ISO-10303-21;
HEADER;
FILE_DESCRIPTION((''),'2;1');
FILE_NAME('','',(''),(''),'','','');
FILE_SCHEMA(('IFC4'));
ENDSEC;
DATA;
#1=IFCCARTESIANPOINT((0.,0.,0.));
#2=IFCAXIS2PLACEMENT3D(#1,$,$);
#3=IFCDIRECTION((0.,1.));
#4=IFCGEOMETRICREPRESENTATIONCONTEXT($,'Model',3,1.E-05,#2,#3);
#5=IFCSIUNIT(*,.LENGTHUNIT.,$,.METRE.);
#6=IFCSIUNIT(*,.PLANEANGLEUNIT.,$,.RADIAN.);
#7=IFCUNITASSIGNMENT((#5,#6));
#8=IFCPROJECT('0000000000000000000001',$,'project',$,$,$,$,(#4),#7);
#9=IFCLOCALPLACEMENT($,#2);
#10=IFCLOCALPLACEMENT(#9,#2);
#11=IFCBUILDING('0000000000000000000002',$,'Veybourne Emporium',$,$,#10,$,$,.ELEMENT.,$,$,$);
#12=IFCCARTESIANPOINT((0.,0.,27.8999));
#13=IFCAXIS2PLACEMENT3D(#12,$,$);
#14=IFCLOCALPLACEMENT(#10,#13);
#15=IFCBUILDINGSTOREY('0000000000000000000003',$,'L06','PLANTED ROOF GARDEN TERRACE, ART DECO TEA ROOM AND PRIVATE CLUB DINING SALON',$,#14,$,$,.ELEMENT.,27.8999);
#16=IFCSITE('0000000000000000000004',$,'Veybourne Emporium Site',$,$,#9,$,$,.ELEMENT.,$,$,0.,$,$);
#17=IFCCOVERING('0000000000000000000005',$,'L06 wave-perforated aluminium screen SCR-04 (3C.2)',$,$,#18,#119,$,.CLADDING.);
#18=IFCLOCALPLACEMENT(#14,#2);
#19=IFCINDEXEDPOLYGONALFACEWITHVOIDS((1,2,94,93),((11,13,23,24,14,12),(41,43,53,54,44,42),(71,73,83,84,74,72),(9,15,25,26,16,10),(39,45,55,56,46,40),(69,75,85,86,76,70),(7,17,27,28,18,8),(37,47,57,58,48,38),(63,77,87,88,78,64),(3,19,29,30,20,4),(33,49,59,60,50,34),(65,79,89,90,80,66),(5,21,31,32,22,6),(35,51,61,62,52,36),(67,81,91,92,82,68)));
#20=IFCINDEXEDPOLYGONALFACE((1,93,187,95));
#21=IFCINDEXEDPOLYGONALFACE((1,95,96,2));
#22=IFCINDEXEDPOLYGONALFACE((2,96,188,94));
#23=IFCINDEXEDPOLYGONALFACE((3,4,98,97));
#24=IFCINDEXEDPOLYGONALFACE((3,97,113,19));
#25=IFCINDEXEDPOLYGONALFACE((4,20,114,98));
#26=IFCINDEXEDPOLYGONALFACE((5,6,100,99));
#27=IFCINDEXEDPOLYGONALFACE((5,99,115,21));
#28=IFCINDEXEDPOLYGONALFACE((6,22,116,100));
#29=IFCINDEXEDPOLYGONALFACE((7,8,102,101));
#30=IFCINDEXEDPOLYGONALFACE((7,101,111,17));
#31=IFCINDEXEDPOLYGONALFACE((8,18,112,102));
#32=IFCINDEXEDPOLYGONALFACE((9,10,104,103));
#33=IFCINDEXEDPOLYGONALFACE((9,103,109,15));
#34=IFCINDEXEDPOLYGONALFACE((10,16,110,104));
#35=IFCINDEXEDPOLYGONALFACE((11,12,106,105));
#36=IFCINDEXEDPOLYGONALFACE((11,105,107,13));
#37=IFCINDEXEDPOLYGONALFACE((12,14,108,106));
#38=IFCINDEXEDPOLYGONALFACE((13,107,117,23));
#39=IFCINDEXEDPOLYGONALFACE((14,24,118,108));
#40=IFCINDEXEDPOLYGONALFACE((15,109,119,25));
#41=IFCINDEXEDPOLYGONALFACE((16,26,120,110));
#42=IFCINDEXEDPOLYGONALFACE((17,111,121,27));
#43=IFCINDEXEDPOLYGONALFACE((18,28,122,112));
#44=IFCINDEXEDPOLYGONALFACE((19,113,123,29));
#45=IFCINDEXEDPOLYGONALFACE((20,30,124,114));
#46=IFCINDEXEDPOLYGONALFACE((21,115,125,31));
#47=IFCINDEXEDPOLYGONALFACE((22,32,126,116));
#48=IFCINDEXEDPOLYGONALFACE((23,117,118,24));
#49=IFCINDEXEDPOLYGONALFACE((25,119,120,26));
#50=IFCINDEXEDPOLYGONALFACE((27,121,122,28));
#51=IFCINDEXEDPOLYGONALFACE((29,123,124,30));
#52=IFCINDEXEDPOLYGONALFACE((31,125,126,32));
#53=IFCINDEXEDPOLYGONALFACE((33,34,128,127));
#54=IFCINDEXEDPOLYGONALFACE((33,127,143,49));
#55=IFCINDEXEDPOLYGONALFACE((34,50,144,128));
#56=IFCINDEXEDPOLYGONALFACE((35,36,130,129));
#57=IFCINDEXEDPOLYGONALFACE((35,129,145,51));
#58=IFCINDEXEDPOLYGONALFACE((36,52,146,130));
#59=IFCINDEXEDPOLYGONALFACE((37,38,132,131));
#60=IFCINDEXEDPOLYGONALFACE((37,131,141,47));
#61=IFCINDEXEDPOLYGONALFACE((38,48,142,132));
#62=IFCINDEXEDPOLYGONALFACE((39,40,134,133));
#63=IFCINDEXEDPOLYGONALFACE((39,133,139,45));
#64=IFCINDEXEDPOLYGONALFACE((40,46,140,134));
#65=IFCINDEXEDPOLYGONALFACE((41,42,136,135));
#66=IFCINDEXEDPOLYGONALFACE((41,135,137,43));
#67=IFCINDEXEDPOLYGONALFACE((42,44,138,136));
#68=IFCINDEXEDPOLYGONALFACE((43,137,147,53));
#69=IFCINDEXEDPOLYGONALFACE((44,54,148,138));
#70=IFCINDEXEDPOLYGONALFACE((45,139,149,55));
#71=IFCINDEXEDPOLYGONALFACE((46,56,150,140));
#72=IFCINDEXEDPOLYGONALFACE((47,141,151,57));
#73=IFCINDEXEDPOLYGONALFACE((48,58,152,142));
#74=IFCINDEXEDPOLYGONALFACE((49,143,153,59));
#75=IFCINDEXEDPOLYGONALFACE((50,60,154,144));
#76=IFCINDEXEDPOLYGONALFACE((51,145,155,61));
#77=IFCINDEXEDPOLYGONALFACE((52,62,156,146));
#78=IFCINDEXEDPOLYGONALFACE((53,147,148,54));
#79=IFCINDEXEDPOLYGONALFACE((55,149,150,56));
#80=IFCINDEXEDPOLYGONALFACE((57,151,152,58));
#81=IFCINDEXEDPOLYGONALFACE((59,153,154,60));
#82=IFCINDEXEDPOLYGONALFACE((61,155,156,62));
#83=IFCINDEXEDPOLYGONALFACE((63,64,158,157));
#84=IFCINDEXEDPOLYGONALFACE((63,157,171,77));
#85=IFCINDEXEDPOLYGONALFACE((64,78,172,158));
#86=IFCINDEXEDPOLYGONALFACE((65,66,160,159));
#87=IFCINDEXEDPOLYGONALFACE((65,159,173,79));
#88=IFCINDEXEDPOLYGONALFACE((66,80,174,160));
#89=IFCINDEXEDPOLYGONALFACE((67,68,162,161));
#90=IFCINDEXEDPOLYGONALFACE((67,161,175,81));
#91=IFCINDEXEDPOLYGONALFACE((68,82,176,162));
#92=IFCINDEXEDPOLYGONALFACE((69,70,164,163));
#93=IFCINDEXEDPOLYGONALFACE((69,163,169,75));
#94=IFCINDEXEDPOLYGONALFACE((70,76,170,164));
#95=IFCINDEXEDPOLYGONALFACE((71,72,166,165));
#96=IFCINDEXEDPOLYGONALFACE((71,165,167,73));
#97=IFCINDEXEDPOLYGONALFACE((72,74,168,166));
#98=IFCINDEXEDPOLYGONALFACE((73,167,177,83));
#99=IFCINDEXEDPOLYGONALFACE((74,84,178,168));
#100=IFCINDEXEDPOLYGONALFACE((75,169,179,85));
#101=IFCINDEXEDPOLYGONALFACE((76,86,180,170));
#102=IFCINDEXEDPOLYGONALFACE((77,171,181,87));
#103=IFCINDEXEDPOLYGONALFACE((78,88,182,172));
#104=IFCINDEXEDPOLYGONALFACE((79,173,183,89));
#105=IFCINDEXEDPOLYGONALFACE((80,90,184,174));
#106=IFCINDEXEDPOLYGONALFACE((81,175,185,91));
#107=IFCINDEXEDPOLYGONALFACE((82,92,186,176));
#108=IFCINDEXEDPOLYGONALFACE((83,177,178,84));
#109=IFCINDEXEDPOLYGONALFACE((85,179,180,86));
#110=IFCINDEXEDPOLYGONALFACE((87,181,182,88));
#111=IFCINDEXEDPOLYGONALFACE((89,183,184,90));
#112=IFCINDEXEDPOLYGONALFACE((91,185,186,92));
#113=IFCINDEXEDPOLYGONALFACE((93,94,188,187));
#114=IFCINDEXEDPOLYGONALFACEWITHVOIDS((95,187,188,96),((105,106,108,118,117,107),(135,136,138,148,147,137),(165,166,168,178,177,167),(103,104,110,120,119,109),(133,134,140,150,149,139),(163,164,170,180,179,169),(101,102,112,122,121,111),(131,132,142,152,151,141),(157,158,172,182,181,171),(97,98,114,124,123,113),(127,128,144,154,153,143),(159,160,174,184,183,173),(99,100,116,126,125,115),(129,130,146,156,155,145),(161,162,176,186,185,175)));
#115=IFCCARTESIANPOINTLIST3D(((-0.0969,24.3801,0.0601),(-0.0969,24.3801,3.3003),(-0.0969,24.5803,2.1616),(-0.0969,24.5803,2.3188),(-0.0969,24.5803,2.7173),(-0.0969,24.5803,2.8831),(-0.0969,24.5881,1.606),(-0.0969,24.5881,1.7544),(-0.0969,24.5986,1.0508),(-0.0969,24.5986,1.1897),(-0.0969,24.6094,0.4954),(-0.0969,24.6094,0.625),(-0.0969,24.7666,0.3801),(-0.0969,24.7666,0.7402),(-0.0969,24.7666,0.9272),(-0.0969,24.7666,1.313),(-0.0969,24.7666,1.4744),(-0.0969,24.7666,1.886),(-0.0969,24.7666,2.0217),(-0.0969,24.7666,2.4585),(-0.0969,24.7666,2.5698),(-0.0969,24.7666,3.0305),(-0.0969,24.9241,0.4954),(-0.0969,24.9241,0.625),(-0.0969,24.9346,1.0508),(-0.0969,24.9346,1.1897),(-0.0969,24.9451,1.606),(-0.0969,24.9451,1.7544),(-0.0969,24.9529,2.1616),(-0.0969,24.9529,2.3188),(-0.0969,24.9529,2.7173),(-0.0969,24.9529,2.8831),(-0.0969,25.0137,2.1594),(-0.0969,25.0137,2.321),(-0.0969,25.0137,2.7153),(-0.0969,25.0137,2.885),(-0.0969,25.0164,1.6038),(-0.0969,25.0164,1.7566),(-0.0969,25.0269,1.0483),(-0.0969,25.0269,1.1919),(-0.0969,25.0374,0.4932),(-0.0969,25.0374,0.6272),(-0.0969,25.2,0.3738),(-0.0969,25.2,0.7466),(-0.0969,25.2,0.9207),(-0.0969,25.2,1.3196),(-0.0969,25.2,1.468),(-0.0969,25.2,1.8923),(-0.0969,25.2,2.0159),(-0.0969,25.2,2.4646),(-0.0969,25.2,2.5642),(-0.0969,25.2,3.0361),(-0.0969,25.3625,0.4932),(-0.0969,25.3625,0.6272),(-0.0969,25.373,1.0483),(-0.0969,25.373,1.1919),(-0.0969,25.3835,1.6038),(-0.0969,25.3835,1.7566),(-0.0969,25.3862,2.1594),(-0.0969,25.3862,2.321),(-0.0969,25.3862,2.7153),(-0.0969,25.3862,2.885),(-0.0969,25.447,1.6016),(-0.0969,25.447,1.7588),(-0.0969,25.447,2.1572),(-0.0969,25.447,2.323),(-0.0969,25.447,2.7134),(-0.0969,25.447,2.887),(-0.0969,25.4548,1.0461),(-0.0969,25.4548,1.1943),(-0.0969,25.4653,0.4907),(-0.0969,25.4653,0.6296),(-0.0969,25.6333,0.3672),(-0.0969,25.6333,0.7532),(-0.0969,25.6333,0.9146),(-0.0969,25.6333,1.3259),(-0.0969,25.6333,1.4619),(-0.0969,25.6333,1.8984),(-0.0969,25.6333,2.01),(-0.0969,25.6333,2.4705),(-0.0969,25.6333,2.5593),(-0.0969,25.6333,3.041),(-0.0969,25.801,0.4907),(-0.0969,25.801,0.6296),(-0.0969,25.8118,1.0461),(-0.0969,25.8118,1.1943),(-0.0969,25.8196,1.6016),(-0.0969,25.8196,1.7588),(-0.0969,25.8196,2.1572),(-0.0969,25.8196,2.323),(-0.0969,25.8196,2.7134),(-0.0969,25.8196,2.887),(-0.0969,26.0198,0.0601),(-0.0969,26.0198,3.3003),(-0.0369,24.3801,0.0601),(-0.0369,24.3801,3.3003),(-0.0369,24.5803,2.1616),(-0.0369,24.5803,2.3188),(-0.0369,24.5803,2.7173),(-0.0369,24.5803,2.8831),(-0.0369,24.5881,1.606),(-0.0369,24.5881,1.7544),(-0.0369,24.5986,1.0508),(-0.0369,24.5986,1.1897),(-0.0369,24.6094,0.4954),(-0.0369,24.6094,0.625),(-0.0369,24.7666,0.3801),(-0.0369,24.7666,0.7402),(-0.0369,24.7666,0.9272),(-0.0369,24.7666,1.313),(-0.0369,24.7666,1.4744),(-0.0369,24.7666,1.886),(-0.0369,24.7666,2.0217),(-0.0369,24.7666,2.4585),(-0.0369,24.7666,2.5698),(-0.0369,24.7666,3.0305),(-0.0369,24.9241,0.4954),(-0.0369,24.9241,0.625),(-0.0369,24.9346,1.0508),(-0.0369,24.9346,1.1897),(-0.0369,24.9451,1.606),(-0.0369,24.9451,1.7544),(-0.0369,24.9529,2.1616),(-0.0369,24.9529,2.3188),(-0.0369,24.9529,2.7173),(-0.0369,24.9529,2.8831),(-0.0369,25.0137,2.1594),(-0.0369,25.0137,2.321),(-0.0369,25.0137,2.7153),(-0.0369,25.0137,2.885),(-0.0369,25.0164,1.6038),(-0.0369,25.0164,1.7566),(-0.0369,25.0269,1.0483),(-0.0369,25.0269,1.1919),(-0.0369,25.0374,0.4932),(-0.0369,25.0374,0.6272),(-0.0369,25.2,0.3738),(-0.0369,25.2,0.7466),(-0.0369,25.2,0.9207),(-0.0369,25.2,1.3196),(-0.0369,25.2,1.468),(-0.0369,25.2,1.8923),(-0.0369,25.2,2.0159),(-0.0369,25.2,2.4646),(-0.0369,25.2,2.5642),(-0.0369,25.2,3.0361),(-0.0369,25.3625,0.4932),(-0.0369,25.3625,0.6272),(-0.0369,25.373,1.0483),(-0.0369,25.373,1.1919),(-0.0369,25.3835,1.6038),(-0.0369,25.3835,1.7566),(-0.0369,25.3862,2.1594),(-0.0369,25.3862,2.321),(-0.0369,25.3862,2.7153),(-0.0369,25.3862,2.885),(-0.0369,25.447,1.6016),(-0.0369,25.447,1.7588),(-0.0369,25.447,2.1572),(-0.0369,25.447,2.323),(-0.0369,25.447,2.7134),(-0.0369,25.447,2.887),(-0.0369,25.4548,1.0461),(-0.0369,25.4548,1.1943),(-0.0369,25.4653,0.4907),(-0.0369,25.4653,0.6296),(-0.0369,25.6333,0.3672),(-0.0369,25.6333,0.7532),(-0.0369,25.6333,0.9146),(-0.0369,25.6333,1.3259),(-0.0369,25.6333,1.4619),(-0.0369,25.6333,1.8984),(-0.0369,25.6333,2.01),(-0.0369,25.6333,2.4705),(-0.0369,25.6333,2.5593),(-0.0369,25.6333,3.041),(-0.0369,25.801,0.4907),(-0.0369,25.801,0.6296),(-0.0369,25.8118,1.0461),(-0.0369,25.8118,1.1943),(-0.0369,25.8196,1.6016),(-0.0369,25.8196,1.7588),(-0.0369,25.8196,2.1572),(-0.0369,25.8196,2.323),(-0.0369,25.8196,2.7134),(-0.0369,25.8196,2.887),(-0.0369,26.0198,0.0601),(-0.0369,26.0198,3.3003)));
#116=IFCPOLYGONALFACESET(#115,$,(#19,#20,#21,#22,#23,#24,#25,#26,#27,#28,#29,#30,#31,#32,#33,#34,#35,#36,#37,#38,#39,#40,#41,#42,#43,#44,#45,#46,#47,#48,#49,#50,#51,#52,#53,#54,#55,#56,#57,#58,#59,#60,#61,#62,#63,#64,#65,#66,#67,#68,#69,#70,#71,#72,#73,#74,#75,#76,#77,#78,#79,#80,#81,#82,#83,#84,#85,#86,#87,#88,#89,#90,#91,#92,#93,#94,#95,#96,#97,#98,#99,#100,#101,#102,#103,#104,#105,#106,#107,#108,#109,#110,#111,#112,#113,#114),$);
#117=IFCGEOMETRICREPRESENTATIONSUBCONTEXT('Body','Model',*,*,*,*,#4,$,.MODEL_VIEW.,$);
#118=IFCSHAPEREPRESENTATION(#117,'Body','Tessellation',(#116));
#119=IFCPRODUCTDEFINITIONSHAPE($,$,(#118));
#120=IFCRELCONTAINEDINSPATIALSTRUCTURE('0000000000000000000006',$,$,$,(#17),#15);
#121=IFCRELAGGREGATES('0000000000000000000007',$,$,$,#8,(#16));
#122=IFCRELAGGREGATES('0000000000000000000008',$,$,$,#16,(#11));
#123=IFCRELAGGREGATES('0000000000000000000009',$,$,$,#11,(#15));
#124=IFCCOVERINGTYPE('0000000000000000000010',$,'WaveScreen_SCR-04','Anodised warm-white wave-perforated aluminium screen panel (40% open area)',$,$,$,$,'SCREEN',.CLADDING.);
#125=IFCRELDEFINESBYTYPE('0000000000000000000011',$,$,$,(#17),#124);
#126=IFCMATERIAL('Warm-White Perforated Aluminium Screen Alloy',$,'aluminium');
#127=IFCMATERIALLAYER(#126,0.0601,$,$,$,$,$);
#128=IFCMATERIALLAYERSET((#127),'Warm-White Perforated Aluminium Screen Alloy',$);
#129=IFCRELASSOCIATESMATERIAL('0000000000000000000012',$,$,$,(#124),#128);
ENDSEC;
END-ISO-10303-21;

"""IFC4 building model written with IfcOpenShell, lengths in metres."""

from ifc_helpers import new_model, si_unit, direction, frame, origin, place, context, subcontext, project, spatial, polyline, outline, extrude, material, layer, layer_set, type_object, element, save


model = new_model("IFC4")

# Units and contexts
model_context = context("Model", 3, precision=1e-05, world=origin(), true_north=direction((0.0, 1.0)))
body_context = subcontext(model_context, "Body", "Model", "MODEL_VIEW")
ifc_project = project(units=[si_unit("LENGTHUNIT", "METRE"), si_unit("PLANEANGLEUNIT", "RADIAN")], contexts=[model_context])

# Site, building, storey
site_placement = place(None, origin())
site = spatial("IfcSite", under=ifc_project, at=site_placement, Name="Veybourne Emporium Site", CompositionType="ELEMENT", RefElevation=0.0)
building_placement = place(site_placement, origin())
building = spatial("IfcBuilding", under=site, at=building_placement, Name="Veybourne Emporium", CompositionType="ELEMENT")
storey_placement = place(building_placement, frame((0.0, 0.0, 27.8999)))
storey = spatial("IfcBuildingStorey", under=building, at=storey_placement, Name="L06", Description="PLANTED ROOF GARDEN TERRACE, ART DECO TEA ROOM AND PRIVATE CLUB DINING SALON", CompositionType="ELEMENT", Elevation=27.8999)

# Covering
ifc_material_1 = material(Name="Warm-White Perforated Aluminium Screen Alloy", Category="aluminium")
ifc_layer_1 = layer(ifc_material_1, 0.0601)
ifc_layer_set_1 = layer_set([ifc_layer_1], Name="Warm-White Perforated Aluminium Screen Alloy")
covering_type_1 = type_object("IfcCoveringType", Name="WaveScreen_SCR-04", Description="Anodised warm-white wave-perforated aluminium screen panel (40% open area)", ElementType="SCREEN", PredefinedType="CLADDING", material=ifc_layer_set_1)
covering_1_placement = place(storey_placement, frame((-0.0969, 25.2, 1.6802), z_axis=(1.0, 0.0, 0.0), x_axis=(0.0, 1.0, 0.0)))
element("IfcCovering", 1, at=covering_1_placement, inside=storey, type_object=covering_type_1, Name="L06 wave-perforated aluminium screen SCR-04 (3C.2)", PredefinedType="CLADDING", context=body_context, shape_type="SweptSolid", body=[
    extrude(outline(polyline([(-0.8198, -1.6201), (0.8198, -1.6201), (0.8198, 1.6201), (-0.8198, 1.6201), (-0.8198, -1.6201)]), holes=[polyline([(-0.4333, -0.9399), (-0.2759, -1.0552), (-0.2759, -1.1848), (-0.4333, -1.3), (-0.5906, -1.1848), (-0.5906, -1.0552), (-0.4333, -0.9399)]), polyline([(-0.4333, -0.3672), (-0.2654, -0.4905), (-0.2654, -0.6294), (-0.4333, -0.7529), (-0.6013, -0.6294), (-0.6013, -0.4905), (-0.4333, -0.3672)]), polyline([(-0.4333, 0.2058), (-0.2549, 0.0742), (-0.2549, -0.0742), (-0.4333, -0.2058), (-0.6118, -0.0742), (-0.6118, 0.0742), (-0.4333, 0.2058)]), polyline([(-0.4333, 0.7783), (-0.2471, 0.6387), (-0.2471, 0.4814), (-0.4333, 0.3416), (-0.6196, 0.4814), (-0.6196, 0.6387), (-0.4333, 0.7783)]), polyline([(-0.4333, 1.3503), (-0.2471, 1.2029), (-0.2471, 1.0371), (-0.4333, 0.8896), (-0.6196, 1.0371), (-0.6196, 1.2029), (-0.4333, 1.3503)]), polyline([(0.0, -0.9336), (0.1626, -1.053), (0.1626, -1.187), (0.0, -1.3064), (-0.1626, -1.187), (-0.1626, -1.053), (0.0, -0.9336)]), polyline([(0.0, -0.3606), (0.1731, -0.4883), (0.1731, -0.6318), (0.0, -0.7595), (-0.1731, -0.6318), (-0.1731, -0.4883), (0.0, -0.3606)]), polyline([(0.0, 0.2122), (0.1836, 0.0764), (0.1836, -0.0764), (0.0, -0.2122), (-0.1836, -0.0764), (-0.1836, 0.0764), (0.0, 0.2122)]), polyline([(0.0, 0.7844), (0.1863, 0.6409), (0.1863, 0.4792), (0.0, 0.3357), (-0.1863, 0.4792), (-0.1863, 0.6409), (0.0, 0.7844)]), polyline([(0.0, 1.356), (0.1863, 1.2048), (0.1863, 1.0352), (0.0, 0.884), (-0.1863, 1.0352), (-0.1863, 1.2048), (0.0, 1.356)]), polyline([(0.4333, -0.927), (0.6011, -1.0505), (0.6011, -1.1895), (0.4333, -1.313), (0.2654, -1.1895), (0.2654, -1.0505), (0.4333, -0.927)]), polyline([(0.4333, -0.3542), (0.6118, -0.4858), (0.6118, -0.634), (0.4333, -0.7656), (0.2549, -0.634), (0.2549, -0.4858), (0.4333, -0.3542)]), polyline([(0.4333, 0.2183), (0.6196, 0.0786), (0.6196, -0.0786), (0.4333, -0.2183), (0.2471, -0.0786), (0.2471, 0.0786), (0.4333, 0.2183)]), polyline([(0.4333, 0.7903), (0.6196, 0.6428), (0.6196, 0.4771), (0.4333, 0.3298), (0.2471, 0.4771), (0.2471, 0.6428), (0.4333, 0.7903)]), polyline([(0.4333, 1.3608), (0.6196, 1.2068), (0.6196, 1.0332), (0.4333, 0.8792), (0.2471, 1.0332), (0.2471, 1.2068), (0.4333, 1.3608)])]), origin(), (0.0, 0.0, 1.0), 0.0601),
])

save(model, "model.ifc")
